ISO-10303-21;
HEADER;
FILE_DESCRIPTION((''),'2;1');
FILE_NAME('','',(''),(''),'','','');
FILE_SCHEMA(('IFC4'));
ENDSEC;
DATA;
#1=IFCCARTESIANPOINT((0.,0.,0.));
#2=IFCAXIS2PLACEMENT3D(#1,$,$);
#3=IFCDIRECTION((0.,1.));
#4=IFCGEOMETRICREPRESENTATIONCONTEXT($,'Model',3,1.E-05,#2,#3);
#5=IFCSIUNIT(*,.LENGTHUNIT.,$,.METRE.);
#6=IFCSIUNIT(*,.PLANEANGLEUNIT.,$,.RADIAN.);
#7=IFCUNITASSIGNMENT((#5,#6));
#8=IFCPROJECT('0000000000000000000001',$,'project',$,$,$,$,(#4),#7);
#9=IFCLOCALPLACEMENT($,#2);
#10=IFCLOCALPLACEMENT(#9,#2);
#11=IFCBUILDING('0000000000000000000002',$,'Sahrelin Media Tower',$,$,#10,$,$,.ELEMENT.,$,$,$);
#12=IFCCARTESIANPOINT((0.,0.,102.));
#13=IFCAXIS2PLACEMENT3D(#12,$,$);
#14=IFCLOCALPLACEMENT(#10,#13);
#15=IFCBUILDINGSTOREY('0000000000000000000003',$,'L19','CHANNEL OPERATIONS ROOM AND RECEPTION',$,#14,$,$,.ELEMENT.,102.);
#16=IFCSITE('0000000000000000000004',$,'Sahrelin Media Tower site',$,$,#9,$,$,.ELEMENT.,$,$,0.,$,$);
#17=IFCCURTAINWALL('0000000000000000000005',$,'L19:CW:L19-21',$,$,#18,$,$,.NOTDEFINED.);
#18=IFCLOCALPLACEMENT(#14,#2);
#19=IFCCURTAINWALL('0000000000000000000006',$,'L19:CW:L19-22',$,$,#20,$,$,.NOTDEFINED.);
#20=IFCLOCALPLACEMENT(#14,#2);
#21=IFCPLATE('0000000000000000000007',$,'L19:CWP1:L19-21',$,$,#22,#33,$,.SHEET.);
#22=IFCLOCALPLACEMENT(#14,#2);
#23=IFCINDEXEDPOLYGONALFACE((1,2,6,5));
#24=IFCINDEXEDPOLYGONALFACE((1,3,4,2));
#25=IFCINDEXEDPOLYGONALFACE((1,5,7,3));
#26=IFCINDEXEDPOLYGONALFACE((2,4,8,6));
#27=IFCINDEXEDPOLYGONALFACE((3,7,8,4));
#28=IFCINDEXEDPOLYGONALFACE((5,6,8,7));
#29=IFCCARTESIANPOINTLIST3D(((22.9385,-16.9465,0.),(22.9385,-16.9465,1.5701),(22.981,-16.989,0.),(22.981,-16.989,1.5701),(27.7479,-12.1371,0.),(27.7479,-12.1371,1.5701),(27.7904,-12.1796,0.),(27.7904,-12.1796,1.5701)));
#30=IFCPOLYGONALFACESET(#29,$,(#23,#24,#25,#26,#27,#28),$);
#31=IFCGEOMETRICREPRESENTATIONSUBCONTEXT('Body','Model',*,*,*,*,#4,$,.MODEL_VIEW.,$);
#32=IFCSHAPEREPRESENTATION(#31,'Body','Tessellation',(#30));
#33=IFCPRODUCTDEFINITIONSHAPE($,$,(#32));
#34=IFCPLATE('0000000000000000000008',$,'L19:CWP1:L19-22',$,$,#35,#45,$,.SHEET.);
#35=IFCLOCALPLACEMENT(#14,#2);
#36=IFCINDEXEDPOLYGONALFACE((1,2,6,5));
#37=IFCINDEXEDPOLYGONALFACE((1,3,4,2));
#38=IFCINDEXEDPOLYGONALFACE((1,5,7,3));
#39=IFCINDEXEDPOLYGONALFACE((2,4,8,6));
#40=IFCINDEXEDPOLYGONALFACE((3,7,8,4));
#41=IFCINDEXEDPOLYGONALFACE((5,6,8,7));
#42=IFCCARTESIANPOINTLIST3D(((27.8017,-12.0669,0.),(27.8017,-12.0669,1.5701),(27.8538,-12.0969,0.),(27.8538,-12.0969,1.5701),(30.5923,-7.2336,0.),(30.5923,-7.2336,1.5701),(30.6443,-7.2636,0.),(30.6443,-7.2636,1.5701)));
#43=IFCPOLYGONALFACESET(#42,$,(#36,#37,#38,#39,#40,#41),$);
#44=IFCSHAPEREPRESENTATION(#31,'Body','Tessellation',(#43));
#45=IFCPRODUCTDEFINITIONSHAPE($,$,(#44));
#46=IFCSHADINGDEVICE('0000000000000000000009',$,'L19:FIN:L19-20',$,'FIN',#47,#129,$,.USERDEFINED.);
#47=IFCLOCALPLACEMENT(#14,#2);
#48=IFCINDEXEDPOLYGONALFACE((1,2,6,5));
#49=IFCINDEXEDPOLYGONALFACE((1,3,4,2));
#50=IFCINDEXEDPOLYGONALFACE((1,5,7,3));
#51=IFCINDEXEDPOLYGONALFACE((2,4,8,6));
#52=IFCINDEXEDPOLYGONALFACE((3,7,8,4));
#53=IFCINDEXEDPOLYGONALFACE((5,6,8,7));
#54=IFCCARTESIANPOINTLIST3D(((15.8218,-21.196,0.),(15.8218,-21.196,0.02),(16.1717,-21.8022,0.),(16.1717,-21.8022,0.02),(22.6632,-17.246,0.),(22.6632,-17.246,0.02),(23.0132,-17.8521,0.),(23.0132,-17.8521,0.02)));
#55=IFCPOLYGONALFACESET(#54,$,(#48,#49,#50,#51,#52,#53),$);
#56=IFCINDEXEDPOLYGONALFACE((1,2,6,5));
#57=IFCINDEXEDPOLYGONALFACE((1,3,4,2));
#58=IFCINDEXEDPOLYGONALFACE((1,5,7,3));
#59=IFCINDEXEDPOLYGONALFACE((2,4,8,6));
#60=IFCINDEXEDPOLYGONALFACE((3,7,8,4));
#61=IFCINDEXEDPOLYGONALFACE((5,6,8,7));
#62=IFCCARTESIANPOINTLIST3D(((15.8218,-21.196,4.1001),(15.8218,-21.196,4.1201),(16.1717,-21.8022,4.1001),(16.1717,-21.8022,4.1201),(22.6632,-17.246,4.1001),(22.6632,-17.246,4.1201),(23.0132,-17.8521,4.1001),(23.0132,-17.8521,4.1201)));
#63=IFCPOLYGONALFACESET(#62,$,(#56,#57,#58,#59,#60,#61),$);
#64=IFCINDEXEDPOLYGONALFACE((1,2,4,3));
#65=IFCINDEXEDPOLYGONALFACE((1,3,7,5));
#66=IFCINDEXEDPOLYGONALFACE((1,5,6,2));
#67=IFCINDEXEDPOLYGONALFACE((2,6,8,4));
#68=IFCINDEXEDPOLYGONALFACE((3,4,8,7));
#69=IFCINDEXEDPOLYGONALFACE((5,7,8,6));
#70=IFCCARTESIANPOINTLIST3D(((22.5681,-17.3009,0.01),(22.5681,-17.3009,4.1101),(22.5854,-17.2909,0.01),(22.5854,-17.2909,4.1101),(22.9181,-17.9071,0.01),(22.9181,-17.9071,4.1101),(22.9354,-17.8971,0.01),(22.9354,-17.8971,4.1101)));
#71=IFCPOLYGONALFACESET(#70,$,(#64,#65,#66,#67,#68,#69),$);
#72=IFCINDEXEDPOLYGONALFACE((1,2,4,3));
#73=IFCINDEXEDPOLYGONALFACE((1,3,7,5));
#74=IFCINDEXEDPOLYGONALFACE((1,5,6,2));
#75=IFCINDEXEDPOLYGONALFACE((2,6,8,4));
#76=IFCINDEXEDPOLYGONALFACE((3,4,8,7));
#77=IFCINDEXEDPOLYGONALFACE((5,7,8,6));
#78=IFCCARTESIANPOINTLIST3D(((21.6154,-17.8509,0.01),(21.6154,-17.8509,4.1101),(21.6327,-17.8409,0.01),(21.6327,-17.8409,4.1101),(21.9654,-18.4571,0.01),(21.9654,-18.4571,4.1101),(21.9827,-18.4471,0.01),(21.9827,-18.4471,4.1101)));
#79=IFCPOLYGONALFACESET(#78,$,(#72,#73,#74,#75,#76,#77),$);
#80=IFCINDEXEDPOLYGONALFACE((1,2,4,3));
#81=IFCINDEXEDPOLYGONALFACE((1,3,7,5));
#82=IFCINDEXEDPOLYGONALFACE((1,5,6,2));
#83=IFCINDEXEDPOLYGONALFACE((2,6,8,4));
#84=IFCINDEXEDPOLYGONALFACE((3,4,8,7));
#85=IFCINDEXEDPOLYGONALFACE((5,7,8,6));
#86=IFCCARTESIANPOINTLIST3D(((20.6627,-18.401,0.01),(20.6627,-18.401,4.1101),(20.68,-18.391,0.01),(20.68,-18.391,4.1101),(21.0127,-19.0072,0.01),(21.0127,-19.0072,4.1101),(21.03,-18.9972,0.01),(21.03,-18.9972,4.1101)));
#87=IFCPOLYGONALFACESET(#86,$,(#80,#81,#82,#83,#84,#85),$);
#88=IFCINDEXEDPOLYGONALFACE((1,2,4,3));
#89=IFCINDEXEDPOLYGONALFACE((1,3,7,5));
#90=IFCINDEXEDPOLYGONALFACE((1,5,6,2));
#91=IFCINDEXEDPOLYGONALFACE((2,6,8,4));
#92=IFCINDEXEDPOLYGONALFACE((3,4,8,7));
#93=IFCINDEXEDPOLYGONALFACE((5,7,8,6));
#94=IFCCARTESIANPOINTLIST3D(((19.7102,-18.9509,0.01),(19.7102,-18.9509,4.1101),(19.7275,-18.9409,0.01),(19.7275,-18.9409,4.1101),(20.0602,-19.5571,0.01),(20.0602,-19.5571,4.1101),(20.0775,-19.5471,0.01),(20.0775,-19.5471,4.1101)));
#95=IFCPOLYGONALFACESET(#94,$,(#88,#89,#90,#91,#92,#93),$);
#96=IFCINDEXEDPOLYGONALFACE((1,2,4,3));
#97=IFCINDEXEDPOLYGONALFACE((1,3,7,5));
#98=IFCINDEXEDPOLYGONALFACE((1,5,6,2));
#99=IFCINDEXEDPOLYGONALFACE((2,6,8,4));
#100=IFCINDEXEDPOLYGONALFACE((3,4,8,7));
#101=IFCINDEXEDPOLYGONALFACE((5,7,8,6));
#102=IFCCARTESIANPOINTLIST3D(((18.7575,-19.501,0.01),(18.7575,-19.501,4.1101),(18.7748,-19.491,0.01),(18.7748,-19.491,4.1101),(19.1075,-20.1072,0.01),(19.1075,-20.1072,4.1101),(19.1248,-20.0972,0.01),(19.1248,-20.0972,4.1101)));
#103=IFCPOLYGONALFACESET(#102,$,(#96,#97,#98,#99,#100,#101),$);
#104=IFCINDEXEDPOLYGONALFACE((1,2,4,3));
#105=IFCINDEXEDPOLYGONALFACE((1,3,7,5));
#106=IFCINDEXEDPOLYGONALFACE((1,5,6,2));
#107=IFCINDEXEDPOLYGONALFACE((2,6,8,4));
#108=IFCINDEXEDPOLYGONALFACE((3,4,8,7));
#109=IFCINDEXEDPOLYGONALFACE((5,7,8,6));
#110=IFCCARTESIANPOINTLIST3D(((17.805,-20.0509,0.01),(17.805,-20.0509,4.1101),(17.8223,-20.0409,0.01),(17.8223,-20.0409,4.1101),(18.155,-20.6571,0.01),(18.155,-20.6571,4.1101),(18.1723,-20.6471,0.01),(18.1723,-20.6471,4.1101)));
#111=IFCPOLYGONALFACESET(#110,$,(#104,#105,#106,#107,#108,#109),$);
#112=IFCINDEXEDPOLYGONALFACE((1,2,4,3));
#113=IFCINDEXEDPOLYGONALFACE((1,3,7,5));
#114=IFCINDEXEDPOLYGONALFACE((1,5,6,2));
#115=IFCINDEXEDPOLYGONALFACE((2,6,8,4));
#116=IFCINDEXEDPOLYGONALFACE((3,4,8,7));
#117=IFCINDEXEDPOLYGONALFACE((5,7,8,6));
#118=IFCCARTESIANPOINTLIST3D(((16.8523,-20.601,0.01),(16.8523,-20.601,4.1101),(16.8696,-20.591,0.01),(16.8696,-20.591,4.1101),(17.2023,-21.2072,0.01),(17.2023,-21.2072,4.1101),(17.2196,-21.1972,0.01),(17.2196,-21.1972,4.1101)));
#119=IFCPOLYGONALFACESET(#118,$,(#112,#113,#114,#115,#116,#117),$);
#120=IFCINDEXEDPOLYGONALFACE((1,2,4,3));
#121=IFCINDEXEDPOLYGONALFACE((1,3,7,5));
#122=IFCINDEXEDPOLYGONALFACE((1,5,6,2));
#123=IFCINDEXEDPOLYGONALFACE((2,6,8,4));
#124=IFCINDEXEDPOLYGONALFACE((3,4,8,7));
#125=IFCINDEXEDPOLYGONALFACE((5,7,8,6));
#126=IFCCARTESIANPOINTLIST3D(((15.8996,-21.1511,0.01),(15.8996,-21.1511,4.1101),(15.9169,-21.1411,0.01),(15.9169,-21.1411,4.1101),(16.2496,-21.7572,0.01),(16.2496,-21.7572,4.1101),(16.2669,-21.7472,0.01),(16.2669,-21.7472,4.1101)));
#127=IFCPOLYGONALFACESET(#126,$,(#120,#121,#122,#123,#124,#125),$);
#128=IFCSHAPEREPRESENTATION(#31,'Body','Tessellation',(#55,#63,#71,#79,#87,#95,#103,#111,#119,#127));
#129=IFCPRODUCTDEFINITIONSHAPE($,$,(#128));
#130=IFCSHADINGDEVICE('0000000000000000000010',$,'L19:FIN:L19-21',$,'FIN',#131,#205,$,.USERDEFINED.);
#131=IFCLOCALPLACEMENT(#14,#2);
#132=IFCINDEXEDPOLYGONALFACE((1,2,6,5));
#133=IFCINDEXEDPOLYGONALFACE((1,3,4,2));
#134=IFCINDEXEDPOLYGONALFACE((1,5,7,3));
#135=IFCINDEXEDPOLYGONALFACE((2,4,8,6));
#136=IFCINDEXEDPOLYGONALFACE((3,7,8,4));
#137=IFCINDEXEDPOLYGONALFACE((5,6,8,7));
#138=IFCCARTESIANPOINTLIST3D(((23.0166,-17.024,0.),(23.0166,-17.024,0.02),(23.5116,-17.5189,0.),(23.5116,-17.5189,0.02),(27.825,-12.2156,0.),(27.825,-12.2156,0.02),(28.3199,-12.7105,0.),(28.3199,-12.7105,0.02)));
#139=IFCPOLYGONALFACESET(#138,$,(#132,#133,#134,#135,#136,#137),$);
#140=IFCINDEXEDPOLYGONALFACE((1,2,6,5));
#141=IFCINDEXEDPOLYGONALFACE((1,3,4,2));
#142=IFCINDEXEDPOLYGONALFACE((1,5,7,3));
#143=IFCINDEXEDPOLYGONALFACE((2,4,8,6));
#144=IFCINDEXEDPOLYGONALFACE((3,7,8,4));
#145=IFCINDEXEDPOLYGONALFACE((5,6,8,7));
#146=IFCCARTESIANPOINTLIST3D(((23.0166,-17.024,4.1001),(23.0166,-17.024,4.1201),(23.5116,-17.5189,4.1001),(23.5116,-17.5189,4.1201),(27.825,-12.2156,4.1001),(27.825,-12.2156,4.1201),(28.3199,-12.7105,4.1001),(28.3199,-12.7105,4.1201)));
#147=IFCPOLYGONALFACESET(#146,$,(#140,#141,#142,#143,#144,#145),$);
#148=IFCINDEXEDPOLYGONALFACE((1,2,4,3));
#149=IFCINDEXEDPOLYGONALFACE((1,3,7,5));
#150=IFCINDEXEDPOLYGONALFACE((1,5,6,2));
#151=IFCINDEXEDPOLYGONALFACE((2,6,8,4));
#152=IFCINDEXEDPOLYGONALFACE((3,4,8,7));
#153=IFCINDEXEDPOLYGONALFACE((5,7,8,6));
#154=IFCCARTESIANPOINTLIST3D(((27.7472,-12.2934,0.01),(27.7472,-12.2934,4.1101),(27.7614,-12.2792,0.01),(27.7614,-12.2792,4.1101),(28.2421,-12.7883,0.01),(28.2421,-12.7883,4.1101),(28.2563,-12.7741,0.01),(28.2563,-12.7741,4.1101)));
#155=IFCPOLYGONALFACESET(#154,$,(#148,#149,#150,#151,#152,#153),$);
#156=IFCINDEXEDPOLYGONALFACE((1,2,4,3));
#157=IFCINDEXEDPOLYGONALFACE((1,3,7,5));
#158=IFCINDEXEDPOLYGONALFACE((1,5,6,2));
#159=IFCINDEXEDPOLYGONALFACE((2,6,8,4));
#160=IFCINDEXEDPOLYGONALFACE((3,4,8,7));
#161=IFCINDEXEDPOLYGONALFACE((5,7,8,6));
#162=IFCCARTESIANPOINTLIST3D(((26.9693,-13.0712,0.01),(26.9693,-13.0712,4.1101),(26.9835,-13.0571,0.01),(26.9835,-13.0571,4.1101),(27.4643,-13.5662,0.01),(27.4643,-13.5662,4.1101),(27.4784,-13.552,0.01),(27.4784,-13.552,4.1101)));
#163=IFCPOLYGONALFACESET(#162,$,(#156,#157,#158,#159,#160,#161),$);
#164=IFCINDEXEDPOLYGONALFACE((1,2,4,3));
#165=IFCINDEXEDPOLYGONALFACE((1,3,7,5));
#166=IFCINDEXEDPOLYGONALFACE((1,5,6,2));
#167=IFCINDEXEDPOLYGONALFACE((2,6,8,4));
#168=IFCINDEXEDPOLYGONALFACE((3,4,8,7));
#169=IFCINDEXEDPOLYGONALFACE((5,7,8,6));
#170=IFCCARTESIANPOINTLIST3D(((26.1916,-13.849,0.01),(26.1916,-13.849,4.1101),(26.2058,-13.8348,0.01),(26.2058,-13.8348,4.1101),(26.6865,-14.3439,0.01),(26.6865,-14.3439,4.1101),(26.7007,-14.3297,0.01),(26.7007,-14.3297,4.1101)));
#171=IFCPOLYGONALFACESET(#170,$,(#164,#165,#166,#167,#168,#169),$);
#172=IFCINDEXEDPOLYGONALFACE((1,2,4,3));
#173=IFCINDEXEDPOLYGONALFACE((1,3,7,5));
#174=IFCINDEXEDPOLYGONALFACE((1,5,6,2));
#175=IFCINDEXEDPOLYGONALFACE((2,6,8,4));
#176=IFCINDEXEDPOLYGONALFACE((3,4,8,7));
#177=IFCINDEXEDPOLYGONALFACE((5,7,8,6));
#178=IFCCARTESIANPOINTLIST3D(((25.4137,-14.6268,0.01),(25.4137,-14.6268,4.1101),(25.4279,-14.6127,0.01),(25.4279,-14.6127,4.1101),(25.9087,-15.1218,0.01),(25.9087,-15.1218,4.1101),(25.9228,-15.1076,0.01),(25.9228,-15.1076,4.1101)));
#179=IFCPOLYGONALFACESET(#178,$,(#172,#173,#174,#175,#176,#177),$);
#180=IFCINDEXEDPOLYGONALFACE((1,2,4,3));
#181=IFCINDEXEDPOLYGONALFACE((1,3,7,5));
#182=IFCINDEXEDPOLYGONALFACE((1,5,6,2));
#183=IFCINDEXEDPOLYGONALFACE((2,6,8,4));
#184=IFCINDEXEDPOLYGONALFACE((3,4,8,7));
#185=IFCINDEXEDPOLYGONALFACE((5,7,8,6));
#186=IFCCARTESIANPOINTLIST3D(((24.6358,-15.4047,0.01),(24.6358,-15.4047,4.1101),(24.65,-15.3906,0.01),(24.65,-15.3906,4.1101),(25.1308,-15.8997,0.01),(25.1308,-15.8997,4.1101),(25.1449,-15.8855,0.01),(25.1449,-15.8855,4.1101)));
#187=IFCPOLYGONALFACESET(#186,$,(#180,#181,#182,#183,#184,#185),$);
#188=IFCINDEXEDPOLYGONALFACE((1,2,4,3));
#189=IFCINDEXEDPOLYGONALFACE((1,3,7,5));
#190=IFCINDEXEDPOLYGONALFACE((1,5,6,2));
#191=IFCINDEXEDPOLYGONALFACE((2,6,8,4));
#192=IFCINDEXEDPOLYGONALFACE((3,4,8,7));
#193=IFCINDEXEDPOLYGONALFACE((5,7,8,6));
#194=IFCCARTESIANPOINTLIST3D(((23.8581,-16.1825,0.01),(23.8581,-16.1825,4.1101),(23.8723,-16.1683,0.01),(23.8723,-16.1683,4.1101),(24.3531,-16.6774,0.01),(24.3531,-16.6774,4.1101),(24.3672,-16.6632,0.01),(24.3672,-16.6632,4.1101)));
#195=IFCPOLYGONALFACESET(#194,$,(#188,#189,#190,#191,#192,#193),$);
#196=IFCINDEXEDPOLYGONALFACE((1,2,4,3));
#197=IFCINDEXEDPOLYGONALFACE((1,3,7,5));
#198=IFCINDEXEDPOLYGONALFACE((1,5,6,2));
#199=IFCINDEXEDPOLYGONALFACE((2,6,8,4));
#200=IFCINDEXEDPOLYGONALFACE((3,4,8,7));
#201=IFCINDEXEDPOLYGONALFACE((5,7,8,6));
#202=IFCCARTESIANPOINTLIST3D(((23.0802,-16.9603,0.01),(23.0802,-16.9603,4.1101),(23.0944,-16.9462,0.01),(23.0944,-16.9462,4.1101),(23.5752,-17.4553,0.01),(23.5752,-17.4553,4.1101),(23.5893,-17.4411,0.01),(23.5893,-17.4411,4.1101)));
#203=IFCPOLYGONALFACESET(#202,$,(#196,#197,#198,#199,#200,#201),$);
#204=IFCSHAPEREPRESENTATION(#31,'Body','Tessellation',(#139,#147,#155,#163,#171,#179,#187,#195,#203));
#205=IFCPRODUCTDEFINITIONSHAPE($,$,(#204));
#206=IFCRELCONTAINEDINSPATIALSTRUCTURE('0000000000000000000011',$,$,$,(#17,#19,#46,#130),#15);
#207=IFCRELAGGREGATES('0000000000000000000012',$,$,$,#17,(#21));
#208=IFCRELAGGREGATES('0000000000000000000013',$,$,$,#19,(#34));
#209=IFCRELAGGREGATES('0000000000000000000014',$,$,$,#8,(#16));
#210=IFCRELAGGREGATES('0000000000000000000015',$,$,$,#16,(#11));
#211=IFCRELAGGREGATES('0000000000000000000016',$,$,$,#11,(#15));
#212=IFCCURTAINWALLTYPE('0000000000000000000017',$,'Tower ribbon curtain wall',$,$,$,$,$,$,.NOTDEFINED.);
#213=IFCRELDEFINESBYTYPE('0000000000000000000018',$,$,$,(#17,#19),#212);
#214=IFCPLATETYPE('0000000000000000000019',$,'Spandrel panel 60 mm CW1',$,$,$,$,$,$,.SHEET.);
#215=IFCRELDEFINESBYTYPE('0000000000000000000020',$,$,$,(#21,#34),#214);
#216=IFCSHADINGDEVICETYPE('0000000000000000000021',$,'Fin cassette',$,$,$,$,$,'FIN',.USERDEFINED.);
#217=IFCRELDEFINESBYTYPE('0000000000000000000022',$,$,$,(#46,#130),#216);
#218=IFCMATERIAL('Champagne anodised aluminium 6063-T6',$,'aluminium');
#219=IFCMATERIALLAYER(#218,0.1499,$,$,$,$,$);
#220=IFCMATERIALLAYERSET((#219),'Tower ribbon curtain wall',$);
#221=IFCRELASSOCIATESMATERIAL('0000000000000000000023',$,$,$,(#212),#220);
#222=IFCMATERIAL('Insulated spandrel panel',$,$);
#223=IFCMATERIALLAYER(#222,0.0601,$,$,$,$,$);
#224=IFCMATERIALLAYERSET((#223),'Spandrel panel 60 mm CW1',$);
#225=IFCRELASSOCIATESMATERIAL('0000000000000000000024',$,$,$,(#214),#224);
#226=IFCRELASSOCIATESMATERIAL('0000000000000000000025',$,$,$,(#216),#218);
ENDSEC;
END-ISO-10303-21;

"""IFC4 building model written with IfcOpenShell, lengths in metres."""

from ifc_helpers import new_model, si_unit, direction, frame, origin, origin_2d, place, context, subcontext, project, spatial, polyline, rectangle, outline, extrude, material, layer, layer_set, type_object, element, aggregate, save


model = new_model("IFC4")

# Units and contexts
model_context = context("Model", 3, precision=1e-05, world=origin(), true_north=direction((0.0, 1.0)))
body_context = subcontext(model_context, "Body", "Model", "MODEL_VIEW")
ifc_project = project(units=[si_unit("LENGTHUNIT", "METRE"), si_unit("PLANEANGLEUNIT", "RADIAN")], contexts=[model_context])

# Site, building, storey
site_placement = place(None, origin())
site = spatial("IfcSite", under=ifc_project, at=site_placement, Name="Sahrelin Media Tower site", CompositionType="ELEMENT", RefElevation=0.0)
building_placement = place(site_placement, origin())
building = spatial("IfcBuilding", under=site, at=building_placement, Name="Sahrelin Media Tower", CompositionType="ELEMENT")
storey_placement = place(building_placement, frame((0.0, 0.0, 102.0)))
storey = spatial("IfcBuildingStorey", under=building, at=storey_placement, Name="L19", Description="CHANNEL OPERATIONS ROOM AND RECEPTION", CompositionType="ELEMENT", Elevation=102.0)

# Curtain wall
ifc_material_1 = material(Name="Champagne anodised aluminium 6063-T6", Category="aluminium")
ifc_layer_1 = layer(ifc_material_1, 0.1499)
ifc_layer_set_1 = layer_set([ifc_layer_1], Name="Tower ribbon curtain wall")
curtain_wall_type = type_object("IfcCurtainWallType", Name="Tower ribbon curtain wall", PredefinedType="NOTDEFINED", material=ifc_layer_set_1)
curtain_wall_1_placement = place(storey_placement, frame((25.3713, -14.5703, 0.0), z_axis=(0.0, 0.0, 1.0), x_axis=(1.0, 0.0, 0.0)))
curtain_wall_1 = element("IfcCurtainWall", 1, at=curtain_wall_1_placement, inside=storey, type_object=curtain_wall_type, Name="L19:CW:L19-21", PredefinedType="NOTDEFINED")

# Curtain wall
curtain_wall_2_placement = place(storey_placement, frame((29.2317, -9.6704, 0.0), z_axis=(0.0, 0.0, 1.0), x_axis=(1.0, 0.0, 0.0)))
curtain_wall_2 = element("IfcCurtainWall", 2, at=curtain_wall_2_placement, inside=storey, type_object=curtain_wall_type, Name="L19:CW:L19-22", PredefinedType="NOTDEFINED")

# Plates
ifc_material_2 = material(Name="Insulated spandrel panel")
ifc_layer_2 = layer(ifc_material_2, 0.0601)
ifc_layer_set_2 = layer_set([ifc_layer_2], Name="Spandrel panel 60 mm CW1")
plate_type_1 = type_object("IfcPlateType", Name="Spandrel panel 60 mm CW1", PredefinedType="SHEET", material=ifc_layer_set_2)
plate_1_placement = place(storey_placement, frame((22.981, -16.989, 0.0), z_axis=(0.707107, -0.707107, 0.0), x_axis=(0.707107, 0.707107, 0.0)))
plate_1 = element("IfcPlate", 3, at=plate_1_placement, type_object=plate_type_1, Name="L19:CWP1:L19-21", PredefinedType="SHEET", context=body_context, shape_type="SweptSolid", body=[
    extrude(outline(polyline([(0.0, 0.0), (6.8015, 0.0), (6.8015, 1.5701), (0.0, 1.5701), (0.0, 0.0)])), origin(), (0.0, 0.0, -1.0), 0.0601),
])
aggregate(curtain_wall_1, [plate_1])
plate_2_placement = place(storey_placement, frame((27.8538, -12.0969, 0.0), z_axis=(0.866022, -0.500006, 0.0), x_axis=(0.500006, 0.866022, 0.0)))
plate_2 = element("IfcPlate", 4, at=plate_2_placement, type_object=plate_type_1, Name="L19:CWP1:L19-22", PredefinedType="SHEET", context=body_context, shape_type="SweptSolid", body=[
    extrude(outline(polyline([(0.0, 0.0), (5.5811, 0.0), (5.5811, 1.5701), (0.0, 1.5701), (0.0, 0.0)])), origin(), (0.0, 0.0, -1.0), 0.0601),
])
aggregate(curtain_wall_2, [plate_2])

# Shading devices
shading_device_type_1 = type_object("IfcShadingDeviceType", Name="Fin cassette", ElementType="FIN", PredefinedType="USERDEFINED", material=ifc_material_1)
placement_1 = place(storey_placement, frame((19.2075, -19.1604, 0.0), z_axis=(0.0, 0.0, 1.0), x_axis=(-0.866019, -0.500011, 0.0)))
element("IfcShadingDevice", 5, at=placement_1, inside=storey, type_object=shading_device_type_1, Name="L19:FIN:L19-20", ObjectType="FIN", PredefinedType="USERDEFINED", context=body_context, shape_type="SweptSolid", body=[
    extrude(rectangle(XDim=7.8999, YDim=0.7, at=origin_2d()), frame((0.0, 0.4199, 0.0)), (0.0, 0.0, 1.0), 0.02),
    extrude(rectangle(XDim=7.8999, YDim=0.7, at=origin_2d()), frame((0.0, 0.4199, 4.1001)), (0.0, 0.0, 1.0), 0.02),
    extrude(rectangle(XDim=0.02, YDim=0.7, at=origin_2d()), frame((-3.8501, 0.4199, 0.01), z_axis=(0.0, 0.0, 1.0), x_axis=(1.0, 0.0, 0.0)), (0.0, 0.0, 1.0), 4.1001),
    extrude(rectangle(XDim=0.02, YDim=0.7, at=origin_2d()), frame((-2.75, 0.4199, 0.01), z_axis=(0.0, 0.0, 1.0), x_axis=(1.0, 0.0, 0.0)), (0.0, 0.0, 1.0), 4.1001),
    extrude(rectangle(XDim=0.02, YDim=0.7, at=origin_2d()), frame((-1.6499, 0.4199, 0.01), z_axis=(0.0, 0.0, 1.0), x_axis=(1.0, 0.0, 0.0)), (0.0, 0.0, 1.0), 4.1001),
    extrude(rectangle(XDim=0.02, YDim=0.7, at=origin_2d()), frame((-0.55, 0.4199, 0.01), z_axis=(0.0, 0.0, 1.0), x_axis=(1.0, 0.0, 0.0)), (0.0, 0.0, 1.0), 4.1001),
    extrude(rectangle(XDim=0.02, YDim=0.7, at=origin_2d()), frame((0.55, 0.4199, 0.01), z_axis=(0.0, 0.0, 1.0), x_axis=(1.0, 0.0, 0.0)), (0.0, 0.0, 1.0), 4.1001),
    extrude(rectangle(XDim=0.02, YDim=0.7, at=origin_2d()), frame((1.6499, 0.4199, 0.01), z_axis=(0.0, 0.0, 1.0), x_axis=(1.0, 0.0, 0.0)), (0.0, 0.0, 1.0), 4.1001),
    extrude(rectangle(XDim=0.02, YDim=0.7, at=origin_2d()), frame((2.75, 0.4199, 0.01), z_axis=(0.0, 0.0, 1.0), x_axis=(1.0, 0.0, 0.0)), (0.0, 0.0, 1.0), 4.1001),
    extrude(rectangle(XDim=0.02, YDim=0.7, at=origin_2d()), frame((3.8501, 0.4199, 0.01), z_axis=(0.0, 0.0, 1.0), x_axis=(1.0, 0.0, 0.0)), (0.0, 0.0, 1.0), 4.1001),
])
placement_2 = place(storey_placement, frame((25.3713, -14.5703, 0.0), z_axis=(0.0, 0.0, 1.0), x_axis=(-0.707107, -0.707107, 0.0)))
element("IfcShadingDevice", 6, at=placement_2, inside=storey, type_object=shading_device_type_1, Name="L19:FIN:L19-21", ObjectType="FIN", PredefinedType="USERDEFINED", context=body_context, shape_type="SweptSolid", body=[
    extrude(rectangle(XDim=6.8, YDim=0.7, at=origin_2d()), frame((0.0, 0.4199, 0.0)), (0.0, 0.0, 1.0), 0.02),
    extrude(rectangle(XDim=6.8, YDim=0.7, at=origin_2d()), frame((0.0, 0.4199, 4.1001)), (0.0, 0.0, 1.0), 0.02),
    extrude(rectangle(XDim=0.02, YDim=0.7, at=origin_2d()), frame((-3.3, 0.4199, 0.01), z_axis=(0.0, 0.0, 1.0), x_axis=(1.0, 0.0, 0.0)), (0.0, 0.0, 1.0), 4.1001),
    extrude(rectangle(XDim=0.02, YDim=0.7, at=origin_2d()), frame((-2.2, 0.4199, 0.01), z_axis=(0.0, 0.0, 1.0), x_axis=(1.0, 0.0, 0.0)), (0.0, 0.0, 1.0), 4.1001),
    extrude(rectangle(XDim=0.02, YDim=0.7, at=origin_2d()), frame((-1.1001, 0.4199, 0.01), z_axis=(0.0, 0.0, 1.0), x_axis=(1.0, 0.0, 0.0)), (0.0, 0.0, 1.0), 4.1001),
    extrude(rectangle(XDim=0.02, YDim=0.7, at=origin_2d()), frame((0.0, 0.4199, 0.01), z_axis=(0.0, 0.0, 1.0), x_axis=(1.0, 0.0, 0.0)), (0.0, 0.0, 1.0), 4.1001),
    extrude(rectangle(XDim=0.02, YDim=0.7, at=origin_2d()), frame((1.1001, 0.4199, 0.01), z_axis=(0.0, 0.0, 1.0), x_axis=(1.0, 0.0, 0.0)), (0.0, 0.0, 1.0), 4.1001),
    extrude(rectangle(XDim=0.02, YDim=0.7, at=origin_2d()), frame((2.2, 0.4199, 0.01), z_axis=(0.0, 0.0, 1.0), x_axis=(1.0, 0.0, 0.0)), (0.0, 0.0, 1.0), 4.1001),
    extrude(rectangle(XDim=0.02, YDim=0.7, at=origin_2d()), frame((3.3, 0.4199, 0.01), z_axis=(0.0, 0.0, 1.0), x_axis=(1.0, 0.0, 0.0)), (0.0, 0.0, 1.0), 4.1001),
])

save(model, "model.ifc")
